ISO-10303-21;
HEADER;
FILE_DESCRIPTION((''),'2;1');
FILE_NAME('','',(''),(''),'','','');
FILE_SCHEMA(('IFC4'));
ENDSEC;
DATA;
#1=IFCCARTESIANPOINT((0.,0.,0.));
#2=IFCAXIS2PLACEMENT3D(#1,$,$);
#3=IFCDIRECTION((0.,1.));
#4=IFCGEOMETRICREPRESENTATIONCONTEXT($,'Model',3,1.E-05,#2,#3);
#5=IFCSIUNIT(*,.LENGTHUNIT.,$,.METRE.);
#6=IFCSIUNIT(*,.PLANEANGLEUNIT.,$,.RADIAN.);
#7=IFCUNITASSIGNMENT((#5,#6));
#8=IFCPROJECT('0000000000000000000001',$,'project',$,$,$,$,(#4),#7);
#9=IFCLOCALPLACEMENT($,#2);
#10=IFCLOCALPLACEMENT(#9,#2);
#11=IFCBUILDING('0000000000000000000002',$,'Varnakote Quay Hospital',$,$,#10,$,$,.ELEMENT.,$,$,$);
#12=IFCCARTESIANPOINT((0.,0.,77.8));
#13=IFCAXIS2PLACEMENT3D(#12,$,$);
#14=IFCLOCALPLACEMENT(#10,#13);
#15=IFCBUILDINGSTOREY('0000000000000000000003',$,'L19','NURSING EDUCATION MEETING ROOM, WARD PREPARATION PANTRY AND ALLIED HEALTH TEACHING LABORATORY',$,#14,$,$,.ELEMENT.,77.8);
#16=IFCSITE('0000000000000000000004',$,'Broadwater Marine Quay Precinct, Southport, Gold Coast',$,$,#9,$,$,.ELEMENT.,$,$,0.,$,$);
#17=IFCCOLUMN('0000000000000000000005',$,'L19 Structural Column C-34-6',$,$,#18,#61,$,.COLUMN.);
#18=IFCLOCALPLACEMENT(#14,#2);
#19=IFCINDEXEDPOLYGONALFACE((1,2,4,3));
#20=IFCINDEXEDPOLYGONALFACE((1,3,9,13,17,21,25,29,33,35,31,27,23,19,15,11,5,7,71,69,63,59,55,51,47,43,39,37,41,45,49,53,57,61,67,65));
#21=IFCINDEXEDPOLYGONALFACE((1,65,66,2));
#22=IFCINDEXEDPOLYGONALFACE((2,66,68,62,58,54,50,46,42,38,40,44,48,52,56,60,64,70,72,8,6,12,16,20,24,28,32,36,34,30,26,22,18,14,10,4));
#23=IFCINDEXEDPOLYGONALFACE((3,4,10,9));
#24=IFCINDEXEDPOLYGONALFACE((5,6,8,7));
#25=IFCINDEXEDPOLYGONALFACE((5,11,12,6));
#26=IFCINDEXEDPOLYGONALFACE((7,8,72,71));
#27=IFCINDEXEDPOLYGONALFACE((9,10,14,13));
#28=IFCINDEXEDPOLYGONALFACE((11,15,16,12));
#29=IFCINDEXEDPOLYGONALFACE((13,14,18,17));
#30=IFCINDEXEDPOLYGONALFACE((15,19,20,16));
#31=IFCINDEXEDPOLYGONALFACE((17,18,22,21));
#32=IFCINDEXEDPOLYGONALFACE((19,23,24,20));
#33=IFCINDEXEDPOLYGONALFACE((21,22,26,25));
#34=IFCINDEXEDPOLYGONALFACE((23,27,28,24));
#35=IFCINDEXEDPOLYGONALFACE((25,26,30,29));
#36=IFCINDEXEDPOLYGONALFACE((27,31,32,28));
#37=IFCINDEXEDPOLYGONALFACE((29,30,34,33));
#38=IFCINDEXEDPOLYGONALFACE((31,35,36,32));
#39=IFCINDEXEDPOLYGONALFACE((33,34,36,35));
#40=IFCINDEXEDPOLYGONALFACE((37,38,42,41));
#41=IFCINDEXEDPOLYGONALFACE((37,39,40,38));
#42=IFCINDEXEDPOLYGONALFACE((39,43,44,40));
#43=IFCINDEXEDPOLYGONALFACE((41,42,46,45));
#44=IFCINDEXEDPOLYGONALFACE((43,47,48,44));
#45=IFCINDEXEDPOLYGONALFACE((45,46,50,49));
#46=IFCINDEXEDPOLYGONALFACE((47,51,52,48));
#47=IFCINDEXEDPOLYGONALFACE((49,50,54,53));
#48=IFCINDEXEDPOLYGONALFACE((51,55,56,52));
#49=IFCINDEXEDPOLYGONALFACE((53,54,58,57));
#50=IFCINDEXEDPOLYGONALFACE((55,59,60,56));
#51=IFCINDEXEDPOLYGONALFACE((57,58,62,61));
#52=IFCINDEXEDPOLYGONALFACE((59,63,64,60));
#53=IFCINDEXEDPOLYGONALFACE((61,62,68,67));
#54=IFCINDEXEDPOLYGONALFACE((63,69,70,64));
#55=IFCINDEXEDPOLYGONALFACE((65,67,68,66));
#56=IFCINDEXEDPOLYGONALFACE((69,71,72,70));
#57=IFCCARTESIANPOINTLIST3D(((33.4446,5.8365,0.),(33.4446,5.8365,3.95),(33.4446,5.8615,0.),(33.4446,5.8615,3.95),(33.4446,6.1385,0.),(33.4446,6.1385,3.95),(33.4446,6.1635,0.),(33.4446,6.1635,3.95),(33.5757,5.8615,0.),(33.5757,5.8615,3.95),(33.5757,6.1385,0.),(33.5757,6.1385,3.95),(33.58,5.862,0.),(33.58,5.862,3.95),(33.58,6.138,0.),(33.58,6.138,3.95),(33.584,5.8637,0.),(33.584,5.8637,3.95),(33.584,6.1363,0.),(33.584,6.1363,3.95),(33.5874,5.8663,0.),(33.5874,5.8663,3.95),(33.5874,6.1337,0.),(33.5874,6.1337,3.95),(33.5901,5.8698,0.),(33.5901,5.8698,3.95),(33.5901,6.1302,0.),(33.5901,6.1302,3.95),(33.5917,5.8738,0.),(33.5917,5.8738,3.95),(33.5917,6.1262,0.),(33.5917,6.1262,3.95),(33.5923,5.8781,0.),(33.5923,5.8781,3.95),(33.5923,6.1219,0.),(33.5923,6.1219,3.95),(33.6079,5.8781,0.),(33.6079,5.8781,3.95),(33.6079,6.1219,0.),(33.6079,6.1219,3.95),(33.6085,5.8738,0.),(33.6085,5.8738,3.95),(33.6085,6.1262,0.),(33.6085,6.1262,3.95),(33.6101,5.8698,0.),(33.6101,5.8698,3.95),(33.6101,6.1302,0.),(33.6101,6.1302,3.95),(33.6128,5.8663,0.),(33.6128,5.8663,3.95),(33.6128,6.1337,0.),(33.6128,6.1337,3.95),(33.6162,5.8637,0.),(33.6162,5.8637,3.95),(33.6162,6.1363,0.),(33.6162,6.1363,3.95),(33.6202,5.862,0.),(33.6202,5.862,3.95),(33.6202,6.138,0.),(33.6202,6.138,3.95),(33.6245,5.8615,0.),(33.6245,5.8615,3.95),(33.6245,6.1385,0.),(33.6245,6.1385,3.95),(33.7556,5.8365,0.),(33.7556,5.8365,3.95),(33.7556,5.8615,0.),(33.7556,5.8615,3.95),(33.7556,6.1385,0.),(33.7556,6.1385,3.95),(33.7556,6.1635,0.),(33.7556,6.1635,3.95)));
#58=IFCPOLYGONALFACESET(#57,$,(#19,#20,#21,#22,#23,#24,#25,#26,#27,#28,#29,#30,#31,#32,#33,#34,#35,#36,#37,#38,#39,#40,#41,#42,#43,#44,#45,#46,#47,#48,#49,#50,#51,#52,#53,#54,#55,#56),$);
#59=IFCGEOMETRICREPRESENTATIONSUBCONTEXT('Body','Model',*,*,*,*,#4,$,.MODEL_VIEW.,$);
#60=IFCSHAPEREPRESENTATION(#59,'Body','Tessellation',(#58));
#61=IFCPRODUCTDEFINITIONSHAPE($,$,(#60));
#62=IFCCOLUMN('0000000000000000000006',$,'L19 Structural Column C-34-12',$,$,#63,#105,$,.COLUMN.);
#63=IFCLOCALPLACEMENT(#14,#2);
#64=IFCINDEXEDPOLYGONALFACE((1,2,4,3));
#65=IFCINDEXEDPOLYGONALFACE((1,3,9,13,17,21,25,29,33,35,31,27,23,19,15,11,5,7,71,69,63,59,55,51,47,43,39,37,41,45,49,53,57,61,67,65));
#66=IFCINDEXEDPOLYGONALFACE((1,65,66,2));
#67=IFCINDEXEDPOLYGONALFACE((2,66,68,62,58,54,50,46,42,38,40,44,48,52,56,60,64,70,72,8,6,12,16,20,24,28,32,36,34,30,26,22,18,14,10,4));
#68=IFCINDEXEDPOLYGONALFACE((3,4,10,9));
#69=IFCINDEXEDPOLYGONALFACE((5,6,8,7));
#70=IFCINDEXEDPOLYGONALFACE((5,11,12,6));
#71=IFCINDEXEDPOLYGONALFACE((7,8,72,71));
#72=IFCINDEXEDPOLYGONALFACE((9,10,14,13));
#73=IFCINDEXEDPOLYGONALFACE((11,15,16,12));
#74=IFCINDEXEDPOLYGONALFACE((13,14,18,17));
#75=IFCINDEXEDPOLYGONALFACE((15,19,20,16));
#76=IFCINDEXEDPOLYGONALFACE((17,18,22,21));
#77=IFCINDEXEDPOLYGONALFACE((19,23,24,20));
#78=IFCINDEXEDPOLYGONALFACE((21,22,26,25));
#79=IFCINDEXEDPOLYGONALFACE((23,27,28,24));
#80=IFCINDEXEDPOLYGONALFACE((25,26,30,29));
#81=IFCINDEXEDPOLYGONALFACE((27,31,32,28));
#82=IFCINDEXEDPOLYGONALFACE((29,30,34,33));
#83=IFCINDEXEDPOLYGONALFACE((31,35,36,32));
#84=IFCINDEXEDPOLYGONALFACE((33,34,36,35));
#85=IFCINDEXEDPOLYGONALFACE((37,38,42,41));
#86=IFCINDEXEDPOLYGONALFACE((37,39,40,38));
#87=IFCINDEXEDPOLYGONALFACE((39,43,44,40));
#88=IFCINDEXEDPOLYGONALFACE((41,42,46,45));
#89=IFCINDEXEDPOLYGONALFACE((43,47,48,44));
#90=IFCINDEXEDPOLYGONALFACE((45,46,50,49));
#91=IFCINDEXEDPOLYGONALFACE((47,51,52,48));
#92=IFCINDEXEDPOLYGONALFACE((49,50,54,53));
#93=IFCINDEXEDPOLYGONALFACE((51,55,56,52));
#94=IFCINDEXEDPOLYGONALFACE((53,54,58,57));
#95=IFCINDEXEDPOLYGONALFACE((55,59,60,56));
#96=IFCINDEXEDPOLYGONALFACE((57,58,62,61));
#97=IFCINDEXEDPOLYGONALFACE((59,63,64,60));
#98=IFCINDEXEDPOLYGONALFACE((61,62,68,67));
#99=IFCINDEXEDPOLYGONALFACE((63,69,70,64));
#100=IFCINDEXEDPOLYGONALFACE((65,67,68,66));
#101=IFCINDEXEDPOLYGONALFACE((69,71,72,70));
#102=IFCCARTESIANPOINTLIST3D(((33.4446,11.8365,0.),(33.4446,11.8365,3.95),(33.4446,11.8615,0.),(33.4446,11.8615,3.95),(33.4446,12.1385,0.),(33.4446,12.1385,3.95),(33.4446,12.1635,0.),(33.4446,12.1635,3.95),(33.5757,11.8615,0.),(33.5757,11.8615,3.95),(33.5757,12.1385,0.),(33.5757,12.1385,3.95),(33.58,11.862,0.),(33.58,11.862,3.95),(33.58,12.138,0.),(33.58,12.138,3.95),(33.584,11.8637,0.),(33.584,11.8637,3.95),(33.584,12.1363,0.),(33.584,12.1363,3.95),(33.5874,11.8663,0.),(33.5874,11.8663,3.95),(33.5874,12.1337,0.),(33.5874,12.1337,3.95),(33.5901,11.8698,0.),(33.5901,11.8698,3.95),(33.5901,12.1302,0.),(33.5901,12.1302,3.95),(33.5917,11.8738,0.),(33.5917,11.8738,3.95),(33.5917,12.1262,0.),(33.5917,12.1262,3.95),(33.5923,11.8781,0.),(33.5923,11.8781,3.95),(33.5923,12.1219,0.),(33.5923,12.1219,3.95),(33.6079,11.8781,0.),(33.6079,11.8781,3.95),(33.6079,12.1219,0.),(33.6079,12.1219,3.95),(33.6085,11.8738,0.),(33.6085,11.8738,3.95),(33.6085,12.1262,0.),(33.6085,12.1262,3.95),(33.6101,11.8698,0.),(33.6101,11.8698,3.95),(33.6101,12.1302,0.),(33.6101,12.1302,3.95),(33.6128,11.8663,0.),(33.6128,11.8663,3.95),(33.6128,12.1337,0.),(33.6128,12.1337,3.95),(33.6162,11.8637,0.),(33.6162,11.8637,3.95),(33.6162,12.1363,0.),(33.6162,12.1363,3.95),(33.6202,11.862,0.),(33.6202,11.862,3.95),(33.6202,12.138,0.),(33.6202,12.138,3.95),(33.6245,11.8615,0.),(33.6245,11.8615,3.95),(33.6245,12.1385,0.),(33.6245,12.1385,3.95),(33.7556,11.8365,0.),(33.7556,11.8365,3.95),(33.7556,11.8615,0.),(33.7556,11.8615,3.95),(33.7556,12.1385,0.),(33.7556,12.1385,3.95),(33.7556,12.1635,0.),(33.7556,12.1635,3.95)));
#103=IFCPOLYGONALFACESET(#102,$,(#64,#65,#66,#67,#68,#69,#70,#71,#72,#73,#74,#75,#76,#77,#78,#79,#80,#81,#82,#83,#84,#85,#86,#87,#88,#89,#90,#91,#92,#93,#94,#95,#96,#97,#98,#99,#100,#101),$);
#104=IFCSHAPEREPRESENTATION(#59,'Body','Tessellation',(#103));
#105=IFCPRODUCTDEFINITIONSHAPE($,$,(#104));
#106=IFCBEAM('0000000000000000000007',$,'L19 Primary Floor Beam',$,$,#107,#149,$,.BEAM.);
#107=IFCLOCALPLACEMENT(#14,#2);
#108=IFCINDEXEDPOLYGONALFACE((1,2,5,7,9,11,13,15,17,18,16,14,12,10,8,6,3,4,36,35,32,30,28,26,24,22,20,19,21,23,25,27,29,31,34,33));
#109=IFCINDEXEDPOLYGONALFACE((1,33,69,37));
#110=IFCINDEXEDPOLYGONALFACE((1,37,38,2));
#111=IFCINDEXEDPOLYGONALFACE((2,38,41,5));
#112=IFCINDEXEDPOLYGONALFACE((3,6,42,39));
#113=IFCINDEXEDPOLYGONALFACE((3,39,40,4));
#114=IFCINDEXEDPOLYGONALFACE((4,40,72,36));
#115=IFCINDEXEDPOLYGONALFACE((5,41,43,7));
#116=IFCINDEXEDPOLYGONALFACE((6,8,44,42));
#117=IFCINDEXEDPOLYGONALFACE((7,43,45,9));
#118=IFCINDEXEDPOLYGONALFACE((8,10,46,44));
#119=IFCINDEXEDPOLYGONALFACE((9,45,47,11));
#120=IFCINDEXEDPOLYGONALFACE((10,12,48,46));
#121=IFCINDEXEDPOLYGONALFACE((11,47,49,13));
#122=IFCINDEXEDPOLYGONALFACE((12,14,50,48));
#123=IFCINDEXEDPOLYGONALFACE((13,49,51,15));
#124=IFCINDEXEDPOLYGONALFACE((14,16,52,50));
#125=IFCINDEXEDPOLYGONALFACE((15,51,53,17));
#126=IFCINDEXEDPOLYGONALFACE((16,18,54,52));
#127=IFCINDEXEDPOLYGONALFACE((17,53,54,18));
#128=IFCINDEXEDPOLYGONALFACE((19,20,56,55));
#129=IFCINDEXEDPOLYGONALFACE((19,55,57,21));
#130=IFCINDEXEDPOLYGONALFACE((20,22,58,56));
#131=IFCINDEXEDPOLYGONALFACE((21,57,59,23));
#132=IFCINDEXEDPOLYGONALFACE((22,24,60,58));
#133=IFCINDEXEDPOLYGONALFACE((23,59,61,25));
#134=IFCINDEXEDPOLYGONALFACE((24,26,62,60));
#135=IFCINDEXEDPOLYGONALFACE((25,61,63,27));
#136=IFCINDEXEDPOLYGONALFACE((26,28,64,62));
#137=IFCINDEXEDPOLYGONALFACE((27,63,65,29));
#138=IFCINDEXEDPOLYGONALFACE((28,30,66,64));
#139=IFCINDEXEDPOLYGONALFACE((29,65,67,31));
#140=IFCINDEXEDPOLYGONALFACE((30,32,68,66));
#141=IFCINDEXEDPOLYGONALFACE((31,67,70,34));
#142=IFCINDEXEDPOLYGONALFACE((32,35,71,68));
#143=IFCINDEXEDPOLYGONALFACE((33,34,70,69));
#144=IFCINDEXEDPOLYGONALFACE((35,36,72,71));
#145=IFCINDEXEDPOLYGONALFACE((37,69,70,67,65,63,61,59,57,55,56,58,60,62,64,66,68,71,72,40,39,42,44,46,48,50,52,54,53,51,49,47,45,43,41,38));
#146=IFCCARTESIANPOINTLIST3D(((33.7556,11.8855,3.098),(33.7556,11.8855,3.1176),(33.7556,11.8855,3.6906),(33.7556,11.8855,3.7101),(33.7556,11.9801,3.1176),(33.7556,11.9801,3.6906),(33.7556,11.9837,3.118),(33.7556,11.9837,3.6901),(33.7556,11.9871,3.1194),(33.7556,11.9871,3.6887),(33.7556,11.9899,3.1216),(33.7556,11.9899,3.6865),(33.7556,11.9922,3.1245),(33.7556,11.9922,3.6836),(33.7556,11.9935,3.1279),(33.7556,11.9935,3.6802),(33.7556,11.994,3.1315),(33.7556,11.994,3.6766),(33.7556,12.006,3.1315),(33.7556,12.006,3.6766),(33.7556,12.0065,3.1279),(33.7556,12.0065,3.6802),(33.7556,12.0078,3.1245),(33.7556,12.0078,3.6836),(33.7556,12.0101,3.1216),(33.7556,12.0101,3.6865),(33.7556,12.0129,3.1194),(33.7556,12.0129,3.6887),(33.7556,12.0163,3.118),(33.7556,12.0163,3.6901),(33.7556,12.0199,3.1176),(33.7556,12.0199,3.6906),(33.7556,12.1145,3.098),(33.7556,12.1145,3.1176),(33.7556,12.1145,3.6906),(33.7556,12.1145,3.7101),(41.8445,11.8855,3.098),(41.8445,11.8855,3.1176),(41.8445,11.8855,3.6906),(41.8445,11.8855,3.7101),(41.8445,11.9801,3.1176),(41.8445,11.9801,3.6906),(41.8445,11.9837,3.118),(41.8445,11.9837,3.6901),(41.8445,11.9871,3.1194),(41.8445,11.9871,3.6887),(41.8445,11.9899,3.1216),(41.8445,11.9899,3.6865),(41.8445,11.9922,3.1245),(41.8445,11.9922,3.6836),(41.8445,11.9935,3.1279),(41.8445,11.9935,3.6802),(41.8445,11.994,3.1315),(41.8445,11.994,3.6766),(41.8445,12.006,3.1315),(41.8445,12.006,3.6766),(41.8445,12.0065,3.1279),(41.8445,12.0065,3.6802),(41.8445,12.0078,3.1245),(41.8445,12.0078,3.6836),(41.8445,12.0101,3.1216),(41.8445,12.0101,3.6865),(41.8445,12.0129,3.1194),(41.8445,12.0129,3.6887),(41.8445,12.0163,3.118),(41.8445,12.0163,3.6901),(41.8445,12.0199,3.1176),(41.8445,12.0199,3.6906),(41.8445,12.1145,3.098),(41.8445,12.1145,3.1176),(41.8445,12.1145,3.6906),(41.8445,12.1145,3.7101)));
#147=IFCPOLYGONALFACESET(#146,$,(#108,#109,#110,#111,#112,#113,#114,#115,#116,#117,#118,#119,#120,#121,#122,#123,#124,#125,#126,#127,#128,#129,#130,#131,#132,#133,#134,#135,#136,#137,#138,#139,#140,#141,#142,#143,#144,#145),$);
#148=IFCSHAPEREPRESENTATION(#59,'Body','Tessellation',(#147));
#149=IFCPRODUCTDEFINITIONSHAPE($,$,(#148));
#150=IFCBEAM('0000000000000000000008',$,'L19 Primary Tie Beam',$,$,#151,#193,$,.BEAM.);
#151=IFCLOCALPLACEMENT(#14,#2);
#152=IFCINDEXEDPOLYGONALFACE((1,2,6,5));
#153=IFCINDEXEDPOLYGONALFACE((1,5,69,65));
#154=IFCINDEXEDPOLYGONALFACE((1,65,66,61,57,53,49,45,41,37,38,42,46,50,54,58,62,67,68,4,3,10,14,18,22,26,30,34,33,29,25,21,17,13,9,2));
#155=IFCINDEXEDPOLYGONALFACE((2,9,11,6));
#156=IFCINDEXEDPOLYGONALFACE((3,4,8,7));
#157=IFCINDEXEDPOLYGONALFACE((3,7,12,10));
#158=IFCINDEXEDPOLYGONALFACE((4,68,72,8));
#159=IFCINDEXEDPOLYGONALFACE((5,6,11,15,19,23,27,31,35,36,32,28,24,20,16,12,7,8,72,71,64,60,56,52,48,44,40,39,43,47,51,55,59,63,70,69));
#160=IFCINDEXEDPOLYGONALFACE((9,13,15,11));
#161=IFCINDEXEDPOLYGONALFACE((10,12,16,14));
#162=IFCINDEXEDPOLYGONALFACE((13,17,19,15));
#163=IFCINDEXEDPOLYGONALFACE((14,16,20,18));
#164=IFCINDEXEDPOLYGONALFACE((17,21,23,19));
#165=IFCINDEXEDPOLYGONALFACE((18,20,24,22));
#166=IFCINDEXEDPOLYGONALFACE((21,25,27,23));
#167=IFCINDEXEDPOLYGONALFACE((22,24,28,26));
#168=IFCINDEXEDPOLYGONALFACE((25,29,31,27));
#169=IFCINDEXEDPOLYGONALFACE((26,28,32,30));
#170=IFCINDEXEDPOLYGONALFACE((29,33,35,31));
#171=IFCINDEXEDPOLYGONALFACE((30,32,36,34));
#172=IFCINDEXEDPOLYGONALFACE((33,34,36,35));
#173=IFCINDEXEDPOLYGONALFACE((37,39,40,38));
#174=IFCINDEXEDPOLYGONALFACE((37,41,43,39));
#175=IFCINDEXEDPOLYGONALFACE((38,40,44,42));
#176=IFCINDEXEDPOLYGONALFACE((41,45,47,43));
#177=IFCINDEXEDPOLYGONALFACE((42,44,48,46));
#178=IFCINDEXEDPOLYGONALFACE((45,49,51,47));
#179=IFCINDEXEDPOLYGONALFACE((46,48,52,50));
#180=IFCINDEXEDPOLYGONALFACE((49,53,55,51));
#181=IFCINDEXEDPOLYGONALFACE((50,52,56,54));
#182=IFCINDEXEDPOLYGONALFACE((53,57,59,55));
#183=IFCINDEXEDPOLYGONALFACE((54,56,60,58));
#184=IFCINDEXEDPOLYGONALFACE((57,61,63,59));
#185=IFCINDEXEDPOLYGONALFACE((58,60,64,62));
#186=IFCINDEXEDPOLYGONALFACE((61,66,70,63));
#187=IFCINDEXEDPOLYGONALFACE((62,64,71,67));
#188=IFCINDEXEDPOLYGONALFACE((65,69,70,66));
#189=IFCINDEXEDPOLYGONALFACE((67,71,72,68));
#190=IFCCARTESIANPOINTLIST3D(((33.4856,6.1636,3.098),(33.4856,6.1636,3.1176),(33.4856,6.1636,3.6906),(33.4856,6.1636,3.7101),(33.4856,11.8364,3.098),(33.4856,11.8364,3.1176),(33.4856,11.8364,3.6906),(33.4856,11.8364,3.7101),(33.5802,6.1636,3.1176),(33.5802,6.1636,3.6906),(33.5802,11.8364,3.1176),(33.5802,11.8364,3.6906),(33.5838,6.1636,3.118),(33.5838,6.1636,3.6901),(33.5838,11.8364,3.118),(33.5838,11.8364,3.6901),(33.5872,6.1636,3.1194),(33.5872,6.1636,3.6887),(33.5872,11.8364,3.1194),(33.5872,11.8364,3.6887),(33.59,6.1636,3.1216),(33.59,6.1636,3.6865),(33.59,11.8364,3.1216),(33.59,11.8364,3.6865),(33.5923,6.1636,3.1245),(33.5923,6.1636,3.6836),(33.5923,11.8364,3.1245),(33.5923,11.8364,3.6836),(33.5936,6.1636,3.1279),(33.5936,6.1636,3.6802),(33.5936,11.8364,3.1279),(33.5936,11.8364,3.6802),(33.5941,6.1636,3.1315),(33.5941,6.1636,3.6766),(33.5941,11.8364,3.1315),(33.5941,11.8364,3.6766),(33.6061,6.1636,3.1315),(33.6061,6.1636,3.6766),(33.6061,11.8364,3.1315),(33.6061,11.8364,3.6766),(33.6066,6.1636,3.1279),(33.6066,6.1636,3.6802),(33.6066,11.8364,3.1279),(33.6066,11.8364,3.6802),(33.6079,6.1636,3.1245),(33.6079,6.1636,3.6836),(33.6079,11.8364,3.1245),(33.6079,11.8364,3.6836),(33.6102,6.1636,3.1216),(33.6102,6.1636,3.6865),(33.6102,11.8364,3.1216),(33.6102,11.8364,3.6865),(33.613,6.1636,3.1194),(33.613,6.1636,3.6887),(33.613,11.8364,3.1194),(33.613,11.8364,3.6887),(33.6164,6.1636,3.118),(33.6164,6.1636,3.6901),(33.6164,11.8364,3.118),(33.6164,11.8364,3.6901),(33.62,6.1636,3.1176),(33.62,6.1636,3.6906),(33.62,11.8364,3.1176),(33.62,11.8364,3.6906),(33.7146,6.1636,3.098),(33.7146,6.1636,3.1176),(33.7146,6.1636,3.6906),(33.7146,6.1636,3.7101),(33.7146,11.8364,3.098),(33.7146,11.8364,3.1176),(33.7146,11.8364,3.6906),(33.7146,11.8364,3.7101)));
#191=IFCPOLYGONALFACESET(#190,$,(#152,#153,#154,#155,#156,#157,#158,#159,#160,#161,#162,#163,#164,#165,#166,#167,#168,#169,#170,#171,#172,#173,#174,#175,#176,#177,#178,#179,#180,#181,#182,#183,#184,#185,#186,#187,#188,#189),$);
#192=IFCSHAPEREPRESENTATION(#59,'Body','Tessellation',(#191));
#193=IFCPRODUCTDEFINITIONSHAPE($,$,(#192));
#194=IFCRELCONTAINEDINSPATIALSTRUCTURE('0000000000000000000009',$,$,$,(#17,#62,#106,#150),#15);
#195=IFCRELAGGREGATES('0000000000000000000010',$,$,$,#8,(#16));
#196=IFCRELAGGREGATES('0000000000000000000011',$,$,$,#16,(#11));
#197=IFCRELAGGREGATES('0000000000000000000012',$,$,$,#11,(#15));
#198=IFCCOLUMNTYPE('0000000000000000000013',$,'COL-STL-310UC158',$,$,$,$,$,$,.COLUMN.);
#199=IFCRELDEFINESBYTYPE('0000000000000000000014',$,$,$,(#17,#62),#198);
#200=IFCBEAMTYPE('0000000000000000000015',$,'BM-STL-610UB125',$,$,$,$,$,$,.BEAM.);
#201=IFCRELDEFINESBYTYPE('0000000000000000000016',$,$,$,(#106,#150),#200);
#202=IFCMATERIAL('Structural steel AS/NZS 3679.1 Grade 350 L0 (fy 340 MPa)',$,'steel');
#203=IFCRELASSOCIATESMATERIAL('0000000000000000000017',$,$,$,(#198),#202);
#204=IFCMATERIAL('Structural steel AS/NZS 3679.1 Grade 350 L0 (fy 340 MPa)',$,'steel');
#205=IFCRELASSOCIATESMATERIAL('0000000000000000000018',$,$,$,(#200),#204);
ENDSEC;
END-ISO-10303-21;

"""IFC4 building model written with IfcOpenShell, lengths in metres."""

from ifc_helpers import new_model, si_unit, direction, frame, origin, origin_2d, place, context, subcontext, project, spatial, i_section, extrude, material, material_profile, profile_set, type_object, element, save


model = new_model("IFC4")

# Units and contexts
model_context = context("Model", 3, precision=1e-05, world=origin(), true_north=direction((0.0, 1.0)))
body_context = subcontext(model_context, "Body", "Model", "MODEL_VIEW")
ifc_project = project(units=[si_unit("LENGTHUNIT", "METRE"), si_unit("PLANEANGLEUNIT", "RADIAN")], contexts=[model_context])

# Site, building, storey
site_placement = place(None, origin())
site = spatial("IfcSite", under=ifc_project, at=site_placement, Name="Broadwater Marine Quay Precinct, Southport, Gold Coast", CompositionType="ELEMENT", RefElevation=0.0)
building_placement = place(site_placement, origin())
building = spatial("IfcBuilding", under=site, at=building_placement, Name="Varnakote Quay Hospital", CompositionType="ELEMENT")
storey_placement = place(building_placement, frame((0.0, 0.0, 77.8)))
storey = spatial("IfcBuildingStorey", under=building, at=storey_placement, Name="L19", Description="NURSING EDUCATION MEETING ROOM, WARD PREPARATION PANTRY AND ALLIED HEALTH TEACHING LABORATORY", CompositionType="ELEMENT", Elevation=77.8)

# Columns
ifc_material_1 = material(Name="Structural steel AS/NZS 3679.1 Grade 350 L0 (fy 340 MPa)", Category="steel")
ifc_material_profile_1 = material_profile(ifc_material_1, i_section(OverallWidth=0.311, OverallDepth=0.3269, WebThickness=0.0156, FlangeThickness=0.0249, FilletRadius=0.0166, at=origin_2d()), Name="310UC158")
ifc_profile_set_1 = profile_set([ifc_material_profile_1], Name="Structural steel AS/NZS 3679.1 Grade 350 L0 (fy 340 MPa)")
column_type = type_object("IfcColumnType", Name="COL-STL-310UC158", PredefinedType="COLUMN", material=ifc_profile_set_1)
for number, where, z_axis, x_axis, name in (
    (1, (33.6001, 6.0, 0.0), (0.0, 0.0, 1.0), (1.0, 0.0, 0.0), "L19 Structural Column C-34-6"),
    (2, (33.6001, 12.0, 0.0), (0.0, 0.0, 1.0), (1.0, 0.0, 0.0), "L19 Structural Column C-34-12"),
):
    element("IfcColumn", number, at=place(storey_placement, frame(where, z_axis=z_axis, x_axis=x_axis)), inside=storey, type_object=column_type, Name=name, PredefinedType="COLUMN", context=body_context, shape_type="SweptSolid", body=[
        extrude(i_section(OverallWidth=0.311, OverallDepth=0.3269, WebThickness=0.0156, FlangeThickness=0.0249, FilletRadius=0.0166, at=origin_2d()), origin(), (0.0, 0.0, 1.0), 3.95),
    ])

# Beams
ifc_material_2 = material(Name="Structural steel AS/NZS 3679.1 Grade 350 L0 (fy 340 MPa)", Category="steel")
ifc_material_profile_2 = material_profile(ifc_material_2, i_section(OverallWidth=0.229, OverallDepth=0.6121, WebThickness=0.012, FlangeThickness=0.0195, FilletRadius=0.0139, at=origin_2d()), Name="610UB125")
ifc_profile_set_2 = profile_set([ifc_material_profile_2], Name="Structural steel AS/NZS 3679.1 Grade 350 L0 (fy 340 MPa)")
beam_type_1 = type_object("IfcBeamType", Name="BM-STL-610UB125", PredefinedType="BEAM", material=ifc_profile_set_2)
beam_1_placement = place(storey_placement, frame((33.7556, 12.0, 3.4041), z_axis=(1.0, 0.0, 0.0), x_axis=(0.0, 1.0, 0.0)))
element("IfcBeam", 3, at=beam_1_placement, inside=storey, type_object=beam_type_1, Name="L19 Primary Floor Beam", PredefinedType="BEAM", context=body_context, shape_type="SweptSolid", body=[
    extrude(i_section(OverallWidth=0.229, OverallDepth=0.6121, WebThickness=0.012, FlangeThickness=0.0195, FilletRadius=0.0139, at=origin_2d()), origin(), (0.0, 0.0, 1.0), 8.0889),
])
beam_2_placement = place(storey_placement, frame((33.6001, 6.1636, 3.4041), z_axis=(0.0, 1.0, 0.0), x_axis=(-1.0, 0.0, 0.0)))
element("IfcBeam", 4, at=beam_2_placement, inside=storey, type_object=beam_type_1, Name="L19 Primary Tie Beam", PredefinedType="BEAM", context=body_context, shape_type="SweptSolid", body=[
    extrude(i_section(OverallWidth=0.229, OverallDepth=0.6121, WebThickness=0.012, FlangeThickness=0.0195, FilletRadius=0.0139, at=origin_2d()), origin(), (0.0, 0.0, 1.0), 5.6729),
])

save(model, "model.ifc")
